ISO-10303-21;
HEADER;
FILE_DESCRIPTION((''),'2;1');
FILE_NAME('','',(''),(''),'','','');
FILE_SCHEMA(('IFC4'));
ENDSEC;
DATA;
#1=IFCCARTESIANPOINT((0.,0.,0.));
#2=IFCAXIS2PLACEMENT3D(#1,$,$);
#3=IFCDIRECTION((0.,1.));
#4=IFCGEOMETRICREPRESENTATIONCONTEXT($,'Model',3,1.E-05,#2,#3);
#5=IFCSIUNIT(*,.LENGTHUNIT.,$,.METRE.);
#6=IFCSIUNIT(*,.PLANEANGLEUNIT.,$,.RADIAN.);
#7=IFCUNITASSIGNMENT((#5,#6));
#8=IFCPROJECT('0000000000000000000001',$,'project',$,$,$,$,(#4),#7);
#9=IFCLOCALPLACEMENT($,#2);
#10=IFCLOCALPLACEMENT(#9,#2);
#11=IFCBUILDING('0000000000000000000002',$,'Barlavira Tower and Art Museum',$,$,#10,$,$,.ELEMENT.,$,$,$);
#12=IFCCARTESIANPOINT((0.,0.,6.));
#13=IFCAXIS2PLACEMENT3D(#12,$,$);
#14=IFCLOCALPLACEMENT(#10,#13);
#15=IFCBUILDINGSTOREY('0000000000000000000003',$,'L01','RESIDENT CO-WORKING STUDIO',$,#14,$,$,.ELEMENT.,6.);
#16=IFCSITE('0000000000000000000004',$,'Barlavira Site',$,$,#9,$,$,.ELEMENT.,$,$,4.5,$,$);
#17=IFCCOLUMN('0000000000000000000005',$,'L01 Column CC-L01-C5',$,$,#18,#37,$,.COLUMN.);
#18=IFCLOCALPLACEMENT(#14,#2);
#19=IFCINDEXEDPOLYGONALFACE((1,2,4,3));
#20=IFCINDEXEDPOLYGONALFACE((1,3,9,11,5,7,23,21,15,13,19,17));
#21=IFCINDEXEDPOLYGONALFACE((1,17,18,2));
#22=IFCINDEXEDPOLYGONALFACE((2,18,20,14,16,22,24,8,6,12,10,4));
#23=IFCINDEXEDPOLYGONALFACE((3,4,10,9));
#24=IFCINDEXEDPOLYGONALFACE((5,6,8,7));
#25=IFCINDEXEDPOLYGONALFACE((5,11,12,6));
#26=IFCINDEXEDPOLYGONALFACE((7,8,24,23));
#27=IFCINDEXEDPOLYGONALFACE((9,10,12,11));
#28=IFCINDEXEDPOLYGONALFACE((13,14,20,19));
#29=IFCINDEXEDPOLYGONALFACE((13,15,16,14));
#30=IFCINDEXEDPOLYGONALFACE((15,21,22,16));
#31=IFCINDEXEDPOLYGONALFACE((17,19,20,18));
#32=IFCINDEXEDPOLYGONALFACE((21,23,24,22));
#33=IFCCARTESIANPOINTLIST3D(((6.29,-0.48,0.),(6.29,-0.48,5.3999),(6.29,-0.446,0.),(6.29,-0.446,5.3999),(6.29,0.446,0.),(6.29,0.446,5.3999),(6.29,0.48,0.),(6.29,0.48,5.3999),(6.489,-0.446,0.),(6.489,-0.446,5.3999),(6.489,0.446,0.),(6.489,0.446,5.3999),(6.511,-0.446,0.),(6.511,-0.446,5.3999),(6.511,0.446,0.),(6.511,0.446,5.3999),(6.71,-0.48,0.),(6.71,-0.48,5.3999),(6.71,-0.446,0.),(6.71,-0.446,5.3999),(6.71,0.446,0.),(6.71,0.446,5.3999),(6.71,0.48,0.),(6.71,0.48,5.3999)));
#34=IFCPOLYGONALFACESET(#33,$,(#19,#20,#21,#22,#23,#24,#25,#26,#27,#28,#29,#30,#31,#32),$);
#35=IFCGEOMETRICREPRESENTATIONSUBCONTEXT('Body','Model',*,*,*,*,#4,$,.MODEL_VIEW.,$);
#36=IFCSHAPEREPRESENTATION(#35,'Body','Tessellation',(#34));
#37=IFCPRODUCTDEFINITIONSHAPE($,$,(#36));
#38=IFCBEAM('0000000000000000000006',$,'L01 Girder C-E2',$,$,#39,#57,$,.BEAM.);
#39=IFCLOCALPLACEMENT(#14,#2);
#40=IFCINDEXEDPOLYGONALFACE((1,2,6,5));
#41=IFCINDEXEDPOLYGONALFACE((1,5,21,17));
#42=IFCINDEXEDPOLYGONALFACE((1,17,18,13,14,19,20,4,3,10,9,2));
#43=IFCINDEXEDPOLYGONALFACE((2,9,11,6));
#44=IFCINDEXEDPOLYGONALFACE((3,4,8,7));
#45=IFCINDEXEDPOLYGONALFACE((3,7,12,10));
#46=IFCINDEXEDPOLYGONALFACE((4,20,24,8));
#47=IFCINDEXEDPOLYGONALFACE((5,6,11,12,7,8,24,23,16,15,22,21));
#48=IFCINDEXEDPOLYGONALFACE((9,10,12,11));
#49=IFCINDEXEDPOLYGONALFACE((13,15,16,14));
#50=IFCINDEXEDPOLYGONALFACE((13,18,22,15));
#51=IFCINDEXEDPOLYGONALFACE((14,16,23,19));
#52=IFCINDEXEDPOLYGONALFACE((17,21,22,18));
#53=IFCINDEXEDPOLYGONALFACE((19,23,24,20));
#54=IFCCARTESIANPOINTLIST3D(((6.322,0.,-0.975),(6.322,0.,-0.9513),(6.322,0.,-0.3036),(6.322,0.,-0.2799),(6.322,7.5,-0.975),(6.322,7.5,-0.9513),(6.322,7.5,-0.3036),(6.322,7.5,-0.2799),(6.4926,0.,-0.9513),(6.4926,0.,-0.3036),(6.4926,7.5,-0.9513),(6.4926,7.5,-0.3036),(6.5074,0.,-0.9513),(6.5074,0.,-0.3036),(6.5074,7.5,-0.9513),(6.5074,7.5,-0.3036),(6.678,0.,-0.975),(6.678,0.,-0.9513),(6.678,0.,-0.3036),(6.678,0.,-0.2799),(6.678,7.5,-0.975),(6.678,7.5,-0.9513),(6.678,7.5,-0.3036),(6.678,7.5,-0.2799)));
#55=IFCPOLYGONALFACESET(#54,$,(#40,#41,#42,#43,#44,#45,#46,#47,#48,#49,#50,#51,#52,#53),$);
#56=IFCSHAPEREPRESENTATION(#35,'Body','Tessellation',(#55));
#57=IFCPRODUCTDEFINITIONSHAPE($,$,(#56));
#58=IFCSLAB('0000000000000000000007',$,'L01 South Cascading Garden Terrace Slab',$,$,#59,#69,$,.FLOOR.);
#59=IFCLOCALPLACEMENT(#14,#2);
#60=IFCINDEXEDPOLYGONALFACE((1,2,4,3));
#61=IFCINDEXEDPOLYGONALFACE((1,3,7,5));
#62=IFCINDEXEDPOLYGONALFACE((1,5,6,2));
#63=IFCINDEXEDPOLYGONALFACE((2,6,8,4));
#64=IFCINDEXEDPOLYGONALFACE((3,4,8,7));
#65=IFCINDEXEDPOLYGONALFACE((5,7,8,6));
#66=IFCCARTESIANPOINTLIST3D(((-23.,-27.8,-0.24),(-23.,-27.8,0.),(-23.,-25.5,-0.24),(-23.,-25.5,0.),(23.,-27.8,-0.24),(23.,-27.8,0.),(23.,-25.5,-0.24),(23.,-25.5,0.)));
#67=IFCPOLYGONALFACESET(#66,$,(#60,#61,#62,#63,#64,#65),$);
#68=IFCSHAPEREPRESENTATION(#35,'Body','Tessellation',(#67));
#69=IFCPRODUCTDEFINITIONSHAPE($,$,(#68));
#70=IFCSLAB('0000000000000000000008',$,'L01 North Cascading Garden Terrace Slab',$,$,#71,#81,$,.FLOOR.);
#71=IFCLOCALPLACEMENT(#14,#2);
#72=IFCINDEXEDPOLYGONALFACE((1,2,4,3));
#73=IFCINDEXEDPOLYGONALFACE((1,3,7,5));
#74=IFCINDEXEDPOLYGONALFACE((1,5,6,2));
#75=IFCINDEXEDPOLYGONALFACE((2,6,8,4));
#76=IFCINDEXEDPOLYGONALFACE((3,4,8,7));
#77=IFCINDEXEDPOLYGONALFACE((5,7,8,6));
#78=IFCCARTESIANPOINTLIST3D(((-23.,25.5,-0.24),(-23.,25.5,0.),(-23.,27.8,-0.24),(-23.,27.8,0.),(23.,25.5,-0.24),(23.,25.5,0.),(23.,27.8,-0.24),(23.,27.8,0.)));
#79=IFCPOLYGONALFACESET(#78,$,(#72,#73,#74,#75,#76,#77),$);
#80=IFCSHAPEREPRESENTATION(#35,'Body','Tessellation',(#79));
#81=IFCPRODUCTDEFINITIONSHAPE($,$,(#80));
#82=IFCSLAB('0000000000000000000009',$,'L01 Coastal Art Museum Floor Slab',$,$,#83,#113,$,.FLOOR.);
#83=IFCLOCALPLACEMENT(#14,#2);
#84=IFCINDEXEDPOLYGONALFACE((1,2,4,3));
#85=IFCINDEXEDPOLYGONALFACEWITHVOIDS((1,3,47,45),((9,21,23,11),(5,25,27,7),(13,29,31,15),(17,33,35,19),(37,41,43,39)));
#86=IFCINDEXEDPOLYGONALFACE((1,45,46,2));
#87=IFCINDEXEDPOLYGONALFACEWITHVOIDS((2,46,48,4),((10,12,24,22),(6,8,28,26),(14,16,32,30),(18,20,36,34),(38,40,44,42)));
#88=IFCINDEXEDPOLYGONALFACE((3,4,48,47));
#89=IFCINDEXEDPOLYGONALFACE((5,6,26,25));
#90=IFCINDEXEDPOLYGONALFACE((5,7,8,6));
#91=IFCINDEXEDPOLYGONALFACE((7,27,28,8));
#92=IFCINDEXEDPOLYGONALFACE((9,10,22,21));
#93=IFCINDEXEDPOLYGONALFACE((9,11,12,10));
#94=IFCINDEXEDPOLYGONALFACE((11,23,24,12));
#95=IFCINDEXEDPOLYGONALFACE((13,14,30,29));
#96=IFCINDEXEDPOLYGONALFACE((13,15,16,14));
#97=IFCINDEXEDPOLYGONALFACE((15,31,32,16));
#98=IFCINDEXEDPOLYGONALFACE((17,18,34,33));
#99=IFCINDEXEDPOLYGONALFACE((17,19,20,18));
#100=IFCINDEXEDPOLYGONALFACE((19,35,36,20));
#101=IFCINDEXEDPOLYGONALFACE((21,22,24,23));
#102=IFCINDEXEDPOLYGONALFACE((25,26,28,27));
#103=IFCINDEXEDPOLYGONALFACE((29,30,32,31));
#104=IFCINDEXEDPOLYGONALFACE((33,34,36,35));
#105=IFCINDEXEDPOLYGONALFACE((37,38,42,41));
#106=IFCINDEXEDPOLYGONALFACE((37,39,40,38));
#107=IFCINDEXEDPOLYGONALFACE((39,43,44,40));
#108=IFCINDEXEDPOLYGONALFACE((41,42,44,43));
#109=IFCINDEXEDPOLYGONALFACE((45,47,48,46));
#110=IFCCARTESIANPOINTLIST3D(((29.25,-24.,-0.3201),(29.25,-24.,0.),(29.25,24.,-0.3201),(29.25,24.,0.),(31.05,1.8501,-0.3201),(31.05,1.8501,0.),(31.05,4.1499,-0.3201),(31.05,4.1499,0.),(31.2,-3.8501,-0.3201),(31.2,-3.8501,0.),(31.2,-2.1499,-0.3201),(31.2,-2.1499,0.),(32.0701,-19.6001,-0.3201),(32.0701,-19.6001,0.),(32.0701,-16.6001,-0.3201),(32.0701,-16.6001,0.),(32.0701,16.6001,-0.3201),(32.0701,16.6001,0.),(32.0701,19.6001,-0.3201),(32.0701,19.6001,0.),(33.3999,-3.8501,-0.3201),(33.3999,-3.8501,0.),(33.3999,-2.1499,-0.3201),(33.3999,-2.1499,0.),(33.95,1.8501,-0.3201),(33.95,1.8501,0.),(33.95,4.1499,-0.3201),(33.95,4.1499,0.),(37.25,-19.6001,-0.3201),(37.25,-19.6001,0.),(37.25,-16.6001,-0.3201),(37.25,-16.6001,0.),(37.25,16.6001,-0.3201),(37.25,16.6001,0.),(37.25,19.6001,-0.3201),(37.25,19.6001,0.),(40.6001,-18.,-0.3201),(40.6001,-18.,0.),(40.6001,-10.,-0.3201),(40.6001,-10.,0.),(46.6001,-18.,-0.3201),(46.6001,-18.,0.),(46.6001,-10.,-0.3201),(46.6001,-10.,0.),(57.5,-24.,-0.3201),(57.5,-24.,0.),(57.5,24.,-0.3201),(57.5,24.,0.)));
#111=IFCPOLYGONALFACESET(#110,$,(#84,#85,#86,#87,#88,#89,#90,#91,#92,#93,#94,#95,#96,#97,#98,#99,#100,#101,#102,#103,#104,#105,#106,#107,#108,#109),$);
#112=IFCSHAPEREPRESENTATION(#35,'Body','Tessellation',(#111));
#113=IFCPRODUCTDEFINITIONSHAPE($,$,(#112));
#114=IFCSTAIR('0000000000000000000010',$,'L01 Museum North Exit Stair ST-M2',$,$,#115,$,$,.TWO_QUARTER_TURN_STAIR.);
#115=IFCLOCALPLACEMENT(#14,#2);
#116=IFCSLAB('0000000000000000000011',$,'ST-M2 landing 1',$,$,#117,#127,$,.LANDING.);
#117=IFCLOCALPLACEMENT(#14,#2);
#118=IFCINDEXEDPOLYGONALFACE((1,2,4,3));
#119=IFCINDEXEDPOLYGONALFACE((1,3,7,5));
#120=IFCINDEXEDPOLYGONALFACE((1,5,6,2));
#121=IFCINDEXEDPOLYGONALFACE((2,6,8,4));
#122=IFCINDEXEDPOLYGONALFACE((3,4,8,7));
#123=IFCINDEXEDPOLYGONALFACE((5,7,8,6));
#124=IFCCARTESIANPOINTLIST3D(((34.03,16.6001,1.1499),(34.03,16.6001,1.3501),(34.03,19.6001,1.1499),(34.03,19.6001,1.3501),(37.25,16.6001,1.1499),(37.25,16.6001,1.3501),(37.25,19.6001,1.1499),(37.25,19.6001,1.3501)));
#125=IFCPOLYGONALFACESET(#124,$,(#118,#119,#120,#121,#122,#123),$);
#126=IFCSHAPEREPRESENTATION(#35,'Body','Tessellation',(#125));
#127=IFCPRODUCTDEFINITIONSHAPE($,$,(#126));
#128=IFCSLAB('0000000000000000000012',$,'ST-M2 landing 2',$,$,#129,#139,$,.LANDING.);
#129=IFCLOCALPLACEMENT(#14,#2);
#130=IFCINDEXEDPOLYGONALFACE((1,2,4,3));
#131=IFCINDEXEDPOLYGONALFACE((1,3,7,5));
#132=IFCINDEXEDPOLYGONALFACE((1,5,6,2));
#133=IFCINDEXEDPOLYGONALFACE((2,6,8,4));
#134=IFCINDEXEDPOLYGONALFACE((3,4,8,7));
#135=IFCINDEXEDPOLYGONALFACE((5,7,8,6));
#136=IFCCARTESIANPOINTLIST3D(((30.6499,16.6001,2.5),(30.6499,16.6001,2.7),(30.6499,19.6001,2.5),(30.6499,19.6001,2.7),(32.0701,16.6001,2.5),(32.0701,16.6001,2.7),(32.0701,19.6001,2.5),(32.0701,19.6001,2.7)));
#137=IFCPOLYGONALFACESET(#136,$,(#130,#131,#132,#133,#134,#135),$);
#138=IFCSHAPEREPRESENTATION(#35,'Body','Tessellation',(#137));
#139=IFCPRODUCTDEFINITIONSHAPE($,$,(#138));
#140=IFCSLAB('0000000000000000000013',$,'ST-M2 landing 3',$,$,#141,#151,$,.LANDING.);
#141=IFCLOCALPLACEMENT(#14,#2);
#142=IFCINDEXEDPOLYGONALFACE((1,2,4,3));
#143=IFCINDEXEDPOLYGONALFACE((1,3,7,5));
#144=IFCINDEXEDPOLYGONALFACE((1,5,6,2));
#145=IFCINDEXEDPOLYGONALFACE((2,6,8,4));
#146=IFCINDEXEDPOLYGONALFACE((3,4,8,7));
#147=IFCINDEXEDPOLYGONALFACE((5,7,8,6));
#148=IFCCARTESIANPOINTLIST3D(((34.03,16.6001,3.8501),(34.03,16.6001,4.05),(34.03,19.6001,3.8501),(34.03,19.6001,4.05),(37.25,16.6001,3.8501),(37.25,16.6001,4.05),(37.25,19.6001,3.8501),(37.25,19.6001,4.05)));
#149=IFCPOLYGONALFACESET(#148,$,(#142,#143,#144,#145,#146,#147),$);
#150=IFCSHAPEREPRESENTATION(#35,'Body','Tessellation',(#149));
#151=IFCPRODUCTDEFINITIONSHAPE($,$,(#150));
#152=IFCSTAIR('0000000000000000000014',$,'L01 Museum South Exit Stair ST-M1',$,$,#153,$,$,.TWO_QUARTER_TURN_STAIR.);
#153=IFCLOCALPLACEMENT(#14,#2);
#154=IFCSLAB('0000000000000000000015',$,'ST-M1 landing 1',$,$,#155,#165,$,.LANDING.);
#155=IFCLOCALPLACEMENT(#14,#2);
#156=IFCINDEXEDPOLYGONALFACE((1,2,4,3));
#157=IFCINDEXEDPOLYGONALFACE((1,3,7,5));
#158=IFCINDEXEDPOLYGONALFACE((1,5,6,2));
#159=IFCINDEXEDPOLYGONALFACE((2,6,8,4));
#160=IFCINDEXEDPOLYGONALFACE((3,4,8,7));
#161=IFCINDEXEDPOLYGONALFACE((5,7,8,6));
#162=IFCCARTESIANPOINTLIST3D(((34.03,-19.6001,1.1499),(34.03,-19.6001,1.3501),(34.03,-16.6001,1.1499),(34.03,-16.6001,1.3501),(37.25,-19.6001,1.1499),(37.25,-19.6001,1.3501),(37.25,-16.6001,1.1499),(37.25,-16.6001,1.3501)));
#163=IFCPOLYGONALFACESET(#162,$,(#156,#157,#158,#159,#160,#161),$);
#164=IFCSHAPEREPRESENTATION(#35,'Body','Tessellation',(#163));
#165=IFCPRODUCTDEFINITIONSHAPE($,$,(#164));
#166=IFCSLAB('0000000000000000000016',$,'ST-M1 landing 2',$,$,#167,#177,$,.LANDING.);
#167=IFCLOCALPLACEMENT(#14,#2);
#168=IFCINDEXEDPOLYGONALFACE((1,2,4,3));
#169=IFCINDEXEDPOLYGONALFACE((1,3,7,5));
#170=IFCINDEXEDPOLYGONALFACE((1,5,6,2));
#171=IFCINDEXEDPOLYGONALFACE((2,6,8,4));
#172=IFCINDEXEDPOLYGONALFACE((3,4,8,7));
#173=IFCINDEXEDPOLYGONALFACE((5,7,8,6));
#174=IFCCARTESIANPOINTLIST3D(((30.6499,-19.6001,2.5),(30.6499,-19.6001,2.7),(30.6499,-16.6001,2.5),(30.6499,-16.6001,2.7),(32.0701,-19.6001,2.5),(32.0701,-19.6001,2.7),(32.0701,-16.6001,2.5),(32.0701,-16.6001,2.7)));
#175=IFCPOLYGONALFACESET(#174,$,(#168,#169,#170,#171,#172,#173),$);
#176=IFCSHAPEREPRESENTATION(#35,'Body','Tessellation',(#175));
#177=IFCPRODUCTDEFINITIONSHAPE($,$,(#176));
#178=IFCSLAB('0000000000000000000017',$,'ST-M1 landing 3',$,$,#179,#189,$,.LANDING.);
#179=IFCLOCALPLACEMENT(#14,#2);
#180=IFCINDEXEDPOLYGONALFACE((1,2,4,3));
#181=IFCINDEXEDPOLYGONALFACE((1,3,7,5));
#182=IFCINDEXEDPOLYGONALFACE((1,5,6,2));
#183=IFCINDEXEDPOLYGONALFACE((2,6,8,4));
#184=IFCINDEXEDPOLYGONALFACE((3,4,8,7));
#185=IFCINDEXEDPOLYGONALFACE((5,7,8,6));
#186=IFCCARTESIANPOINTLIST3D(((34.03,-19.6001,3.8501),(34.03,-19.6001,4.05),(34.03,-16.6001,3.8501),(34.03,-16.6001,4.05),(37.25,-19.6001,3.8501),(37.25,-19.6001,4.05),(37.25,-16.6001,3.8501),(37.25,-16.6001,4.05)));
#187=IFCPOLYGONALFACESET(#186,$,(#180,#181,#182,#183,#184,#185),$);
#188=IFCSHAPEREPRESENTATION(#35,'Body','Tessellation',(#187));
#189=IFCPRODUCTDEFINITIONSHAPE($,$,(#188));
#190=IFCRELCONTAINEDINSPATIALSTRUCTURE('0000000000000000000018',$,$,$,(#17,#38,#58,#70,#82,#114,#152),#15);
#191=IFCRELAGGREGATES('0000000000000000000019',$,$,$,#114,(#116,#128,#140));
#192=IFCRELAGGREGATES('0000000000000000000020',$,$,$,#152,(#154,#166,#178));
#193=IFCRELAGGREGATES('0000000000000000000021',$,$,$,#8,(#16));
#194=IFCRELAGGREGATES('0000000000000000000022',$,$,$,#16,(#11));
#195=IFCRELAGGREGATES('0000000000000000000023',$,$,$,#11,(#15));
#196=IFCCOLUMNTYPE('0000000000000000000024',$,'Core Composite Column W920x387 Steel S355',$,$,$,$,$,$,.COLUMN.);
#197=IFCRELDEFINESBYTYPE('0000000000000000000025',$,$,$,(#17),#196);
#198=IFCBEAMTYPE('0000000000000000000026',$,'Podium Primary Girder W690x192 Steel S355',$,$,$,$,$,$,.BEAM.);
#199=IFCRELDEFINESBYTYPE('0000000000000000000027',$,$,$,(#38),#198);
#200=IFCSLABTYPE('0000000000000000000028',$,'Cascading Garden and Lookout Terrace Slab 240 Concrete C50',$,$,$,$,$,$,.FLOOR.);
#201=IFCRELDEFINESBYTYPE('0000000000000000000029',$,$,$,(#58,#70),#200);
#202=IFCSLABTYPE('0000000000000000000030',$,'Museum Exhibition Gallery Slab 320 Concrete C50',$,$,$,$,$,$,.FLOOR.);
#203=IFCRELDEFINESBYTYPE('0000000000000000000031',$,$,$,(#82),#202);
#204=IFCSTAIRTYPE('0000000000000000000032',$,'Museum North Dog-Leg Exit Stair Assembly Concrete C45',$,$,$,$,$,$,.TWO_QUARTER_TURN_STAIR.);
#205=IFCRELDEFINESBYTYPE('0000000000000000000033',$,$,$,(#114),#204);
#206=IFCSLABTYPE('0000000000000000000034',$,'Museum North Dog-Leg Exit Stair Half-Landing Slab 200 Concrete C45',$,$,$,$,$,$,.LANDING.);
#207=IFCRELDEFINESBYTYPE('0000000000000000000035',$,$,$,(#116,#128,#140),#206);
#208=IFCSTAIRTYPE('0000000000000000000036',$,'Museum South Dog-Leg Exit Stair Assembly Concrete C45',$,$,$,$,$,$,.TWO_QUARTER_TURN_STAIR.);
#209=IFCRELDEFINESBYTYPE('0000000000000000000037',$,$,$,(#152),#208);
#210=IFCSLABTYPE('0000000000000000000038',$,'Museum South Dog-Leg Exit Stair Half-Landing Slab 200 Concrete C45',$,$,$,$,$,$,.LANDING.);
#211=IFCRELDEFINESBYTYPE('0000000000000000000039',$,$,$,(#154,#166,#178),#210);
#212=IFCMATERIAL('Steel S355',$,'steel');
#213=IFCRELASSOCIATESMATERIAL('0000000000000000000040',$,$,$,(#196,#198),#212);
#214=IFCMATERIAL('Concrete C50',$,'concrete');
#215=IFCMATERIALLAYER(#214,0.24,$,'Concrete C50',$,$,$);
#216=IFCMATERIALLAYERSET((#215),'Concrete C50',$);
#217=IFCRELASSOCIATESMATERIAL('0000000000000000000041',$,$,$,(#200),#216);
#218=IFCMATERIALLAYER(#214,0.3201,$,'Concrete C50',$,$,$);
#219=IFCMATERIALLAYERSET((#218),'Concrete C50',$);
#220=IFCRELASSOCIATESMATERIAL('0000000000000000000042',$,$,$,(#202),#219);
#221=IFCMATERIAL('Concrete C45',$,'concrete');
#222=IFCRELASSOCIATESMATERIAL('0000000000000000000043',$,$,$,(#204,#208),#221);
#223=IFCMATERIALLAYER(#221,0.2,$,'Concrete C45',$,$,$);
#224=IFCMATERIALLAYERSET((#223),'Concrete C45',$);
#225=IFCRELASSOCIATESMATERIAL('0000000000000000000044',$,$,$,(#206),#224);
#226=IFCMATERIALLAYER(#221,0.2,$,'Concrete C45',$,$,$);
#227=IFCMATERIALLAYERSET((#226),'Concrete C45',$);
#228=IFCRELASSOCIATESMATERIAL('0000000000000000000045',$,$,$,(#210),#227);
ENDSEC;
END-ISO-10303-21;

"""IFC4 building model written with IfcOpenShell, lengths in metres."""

from ifc_helpers import new_model, si_unit, direction, frame, origin, origin_2d, place, context, subcontext, project, spatial, polyline, i_section, outline, extrude, material, layer, layer_set, material_profile, profile_set, type_object, element, aggregate, save


model = new_model("IFC4")

# Units and contexts
model_context = context("Model", 3, precision=1e-05, world=origin(), true_north=direction((0.0, 1.0)))
body_context = subcontext(model_context, "Body", "Model", "MODEL_VIEW")
ifc_project = project(units=[si_unit("LENGTHUNIT", "METRE"), si_unit("PLANEANGLEUNIT", "RADIAN")], contexts=[model_context])

# Site, building, storey
site_placement = place(None, origin())
site = spatial("IfcSite", under=ifc_project, at=site_placement, Name="Barlavira Site", CompositionType="ELEMENT", RefElevation=4.5)
building_placement = place(site_placement, origin())
building = spatial("IfcBuilding", under=site, at=building_placement, Name="Barlavira Tower and Art Museum", CompositionType="ELEMENT")
storey_placement = place(building_placement, frame((0.0, 0.0, 6.0)))
storey = spatial("IfcBuildingStorey", under=building, at=storey_placement, Name="L01", Description="RESIDENT CO-WORKING STUDIO", CompositionType="ELEMENT", Elevation=6.0)

# Column
ifc_material_1 = material(Name="Steel S355", Category="steel")
ifc_material_profile_1 = material_profile(ifc_material_1, i_section(OverallWidth=0.4199, OverallDepth=0.96, WebThickness=0.022, FlangeThickness=0.0339, at=origin_2d()), Name="W920x387.0")
ifc_profile_set_1 = profile_set([ifc_material_profile_1], Name="Steel S355")
column_type = type_object("IfcColumnType", Name="Core Composite Column W920x387 Steel S355", PredefinedType="COLUMN", material=ifc_profile_set_1)
column_placement = place(storey_placement, frame((6.5, 0.0, 0.0), z_axis=(0.0, 0.0, 1.0), x_axis=(1.0, 0.0, 0.0)))
element("IfcColumn", 1, at=column_placement, inside=storey, type_object=column_type, Name="L01 Column CC-L01-C5", PredefinedType="COLUMN", context=body_context, shape_type="SweptSolid", body=[
    extrude(i_section(OverallWidth=0.4199, OverallDepth=0.96, WebThickness=0.022, FlangeThickness=0.0339, at=origin_2d()), origin(), (0.0, 0.0, 1.0), 5.3999),
])

# Beam
ifc_material_profile_2 = material_profile(ifc_material_1, i_section(OverallWidth=0.356, OverallDepth=0.6951, WebThickness=0.0149, FlangeThickness=0.0237, at=origin_2d()), Name="W690x192.0")
ifc_profile_set_2 = profile_set([ifc_material_profile_2], Name="Steel S355")
beam_type = type_object("IfcBeamType", Name="Podium Primary Girder W690x192 Steel S355", PredefinedType="BEAM", material=ifc_profile_set_2)
beam_placement = place(storey_placement, frame((6.5, 0.0, -0.6274), z_axis=(0.0, 1.0, 0.0), x_axis=(-1.0, 0.0, 0.0)))
element("IfcBeam", 2, at=beam_placement, inside=storey, type_object=beam_type, Name="L01 Girder C-E2", PredefinedType="BEAM", context=body_context, shape_type="SweptSolid", body=[
    extrude(i_section(OverallWidth=0.356, OverallDepth=0.6951, WebThickness=0.0149, FlangeThickness=0.0237, at=origin_2d()), origin(), (0.0, 0.0, 1.0), 7.5),
])

# Slabs
ifc_material_2 = material(Name="Concrete C50", Category="concrete")
ifc_layer_1 = layer(ifc_material_2, 0.24, Name="Concrete C50")
ifc_layer_set_1 = layer_set([ifc_layer_1], Name="Concrete C50")
slab_type_1 = type_object("IfcSlabType", Name="Cascading Garden and Lookout Terrace Slab 240 Concrete C50", PredefinedType="FLOOR", material=ifc_layer_set_1)
slab_1_placement = place(storey_placement, frame((0.0, 0.0, -0.24)))
element("IfcSlab", 3, at=slab_1_placement, inside=storey, type_object=slab_type_1, Name="L01 South Cascading Garden Terrace Slab", PredefinedType="FLOOR", context=body_context, shape_type="SweptSolid", body=[
    extrude(outline(polyline([(-23.0, -27.8), (23.0, -27.8), (23.0, -25.5), (-23.0, -25.5), (-23.0, -27.8)])), origin(), (0.0, 0.0, 1.0), 0.24),
])
slab_2_placement = place(storey_placement, frame((0.0, 0.0, -0.24)))
element("IfcSlab", 4, at=slab_2_placement, inside=storey, type_object=slab_type_1, Name="L01 North Cascading Garden Terrace Slab", PredefinedType="FLOOR", context=body_context, shape_type="SweptSolid", body=[
    extrude(outline(polyline([(-23.0, 25.5), (23.0, 25.5), (23.0, 27.8), (-23.0, 27.8), (-23.0, 25.5)])), origin(), (0.0, 0.0, 1.0), 0.24),
])
ifc_layer_2 = layer(ifc_material_2, 0.3201, Name="Concrete C50")
ifc_layer_set_2 = layer_set([ifc_layer_2], Name="Concrete C50")
slab_type_2 = type_object("IfcSlabType", Name="Museum Exhibition Gallery Slab 320 Concrete C50", PredefinedType="FLOOR", material=ifc_layer_set_2)
slab_3_placement = place(storey_placement, frame((0.0, 0.0, -0.3201)))
element("IfcSlab", 5, at=slab_3_placement, inside=storey, type_object=slab_type_2, Name="L01 Coastal Art Museum Floor Slab", PredefinedType="FLOOR", context=body_context, shape_type="SweptSolid", body=[
    extrude(outline(polyline([(29.25, -24.0), (57.5, -24.0), (57.5, 24.0), (29.25, 24.0), (29.25, -24.0)]), holes=[polyline([(32.0701, -19.6001), (37.25, -19.6001), (37.25, -16.6001), (32.0701, -16.6001), (32.0701, -19.6001)]), polyline([(32.0701, 16.6001), (37.25, 16.6001), (37.25, 19.6001), (32.0701, 19.6001), (32.0701, 16.6001)]), polyline([(31.2, -3.8501), (33.3999, -3.8501), (33.3999, -2.1499), (31.2, -2.1499), (31.2, -3.8501)]), polyline([(31.05, 1.8501), (33.95, 1.8501), (33.95, 4.1499), (31.05, 4.1499), (31.05, 1.8501)]), polyline([(40.6001, -18.0), (46.6001, -18.0), (46.6001, -10.0), (40.6001, -10.0), (40.6001, -18.0)])]), origin(), (0.0, 0.0, 1.0), 0.3201),
])

# Stairs, slabs
ifc_material_3 = material(Name="Concrete C45", Category="concrete")
stair_type_1 = type_object("IfcStairType", Name="Museum North Dog-Leg Exit Stair Assembly Concrete C45", PredefinedType="TWO_QUARTER_TURN_STAIR", material=ifc_material_3)
stair_1_placement = place(storey_placement, origin())
stair_1 = element("IfcStair", 6, at=stair_1_placement, inside=storey, type_object=stair_type_1, Name="L01 Museum North Exit Stair ST-M2", PredefinedType="TWO_QUARTER_TURN_STAIR")
ifc_layer_3 = layer(ifc_material_3, 0.2, Name="Concrete C45")
ifc_layer_set_3 = layer_set([ifc_layer_3], Name="Concrete C45")
slab_type_3 = type_object("IfcSlabType", Name="Museum North Dog-Leg Exit Stair Half-Landing Slab 200 Concrete C45", PredefinedType="LANDING", material=ifc_layer_set_3)
slab_4_placement = place(storey_placement, frame((0.0, 0.0, 1.1499)))
slab_4 = element("IfcSlab", 7, at=slab_4_placement, type_object=slab_type_3, Name="ST-M2 landing 1", PredefinedType="LANDING", context=body_context, shape_type="SweptSolid", body=[
    extrude(outline(polyline([(34.03, 16.6001), (37.25, 16.6001), (37.25, 19.6001), (34.03, 19.6001), (34.03, 16.6001)])), origin(), (0.0, 0.0, 1.0), 0.2002),
])
slab_5_placement = place(storey_placement, frame((0.0, 0.0, 2.5)))
slab_5 = element("IfcSlab", 8, at=slab_5_placement, type_object=slab_type_3, Name="ST-M2 landing 2", PredefinedType="LANDING", context=body_context, shape_type="SweptSolid", body=[
    extrude(outline(polyline([(30.6499, 16.6001), (32.0701, 16.6001), (32.0701, 19.6001), (30.6499, 19.6001), (30.6499, 16.6001)])), origin(), (0.0, 0.0, 1.0), 0.2),
])
slab_6_placement = place(storey_placement, frame((0.0, 0.0, 3.8501)))
slab_6 = element("IfcSlab", 9, at=slab_6_placement, type_object=slab_type_3, Name="ST-M2 landing 3", PredefinedType="LANDING", context=body_context, shape_type="SweptSolid", body=[
    extrude(outline(polyline([(34.03, 16.6001), (37.25, 16.6001), (37.25, 19.6001), (34.03, 19.6001), (34.03, 16.6001)])), origin(), (0.0, 0.0, 1.0), 0.2),
])
aggregate(stair_1, [slab_4, slab_5, slab_6])
stair_type_2 = type_object("IfcStairType", Name="Museum South Dog-Leg Exit Stair Assembly Concrete C45", PredefinedType="TWO_QUARTER_TURN_STAIR", material=ifc_material_3)
stair_2_placement = place(storey_placement, origin())
stair_2 = element("IfcStair", 10, at=stair_2_placement, inside=storey, type_object=stair_type_2, Name="L01 Museum South Exit Stair ST-M1", PredefinedType="TWO_QUARTER_TURN_STAIR")
ifc_layer_4 = layer(ifc_material_3, 0.2, Name="Concrete C45")
ifc_layer_set_4 = layer_set([ifc_layer_4], Name="Concrete C45")
slab_type_4 = type_object("IfcSlabType", Name="Museum South Dog-Leg Exit Stair Half-Landing Slab 200 Concrete C45", PredefinedType="LANDING", material=ifc_layer_set_4)
slab_7_placement = place(storey_placement, frame((0.0, 0.0, 1.1499)))
slab_7 = element("IfcSlab", 11, at=slab_7_placement, type_object=slab_type_4, Name="ST-M1 landing 1", PredefinedType="LANDING", context=body_context, shape_type="SweptSolid", body=[
    extrude(outline(polyline([(34.03, -19.6001), (37.25, -19.6001), (37.25, -16.6001), (34.03, -16.6001), (34.03, -19.6001)])), origin(), (0.0, 0.0, 1.0), 0.2002),
])
slab_8_placement = place(storey_placement, frame((0.0, 0.0, 2.5)))
slab_8 = element("IfcSlab", 12, at=slab_8_placement, type_object=slab_type_4, Name="ST-M1 landing 2", PredefinedType="LANDING", context=body_context, shape_type="SweptSolid", body=[
    extrude(outline(polyline([(30.6499, -19.6001), (32.0701, -19.6001), (32.0701, -16.6001), (30.6499, -16.6001), (30.6499, -19.6001)])), origin(), (0.0, 0.0, 1.0), 0.2),
])
slab_9_placement = place(storey_placement, frame((0.0, 0.0, 3.8501)))
slab_9 = element("IfcSlab", 13, at=slab_9_placement, type_object=slab_type_4, Name="ST-M1 landing 3", PredefinedType="LANDING", context=body_context, shape_type="SweptSolid", body=[
    extrude(outline(polyline([(34.03, -19.6001), (37.25, -19.6001), (37.25, -16.6001), (34.03, -16.6001), (34.03, -19.6001)])), origin(), (0.0, 0.0, 1.0), 0.2),
])
aggregate(stair_2, [slab_7, slab_8, slab_9])

save(model, "model.ifc")
